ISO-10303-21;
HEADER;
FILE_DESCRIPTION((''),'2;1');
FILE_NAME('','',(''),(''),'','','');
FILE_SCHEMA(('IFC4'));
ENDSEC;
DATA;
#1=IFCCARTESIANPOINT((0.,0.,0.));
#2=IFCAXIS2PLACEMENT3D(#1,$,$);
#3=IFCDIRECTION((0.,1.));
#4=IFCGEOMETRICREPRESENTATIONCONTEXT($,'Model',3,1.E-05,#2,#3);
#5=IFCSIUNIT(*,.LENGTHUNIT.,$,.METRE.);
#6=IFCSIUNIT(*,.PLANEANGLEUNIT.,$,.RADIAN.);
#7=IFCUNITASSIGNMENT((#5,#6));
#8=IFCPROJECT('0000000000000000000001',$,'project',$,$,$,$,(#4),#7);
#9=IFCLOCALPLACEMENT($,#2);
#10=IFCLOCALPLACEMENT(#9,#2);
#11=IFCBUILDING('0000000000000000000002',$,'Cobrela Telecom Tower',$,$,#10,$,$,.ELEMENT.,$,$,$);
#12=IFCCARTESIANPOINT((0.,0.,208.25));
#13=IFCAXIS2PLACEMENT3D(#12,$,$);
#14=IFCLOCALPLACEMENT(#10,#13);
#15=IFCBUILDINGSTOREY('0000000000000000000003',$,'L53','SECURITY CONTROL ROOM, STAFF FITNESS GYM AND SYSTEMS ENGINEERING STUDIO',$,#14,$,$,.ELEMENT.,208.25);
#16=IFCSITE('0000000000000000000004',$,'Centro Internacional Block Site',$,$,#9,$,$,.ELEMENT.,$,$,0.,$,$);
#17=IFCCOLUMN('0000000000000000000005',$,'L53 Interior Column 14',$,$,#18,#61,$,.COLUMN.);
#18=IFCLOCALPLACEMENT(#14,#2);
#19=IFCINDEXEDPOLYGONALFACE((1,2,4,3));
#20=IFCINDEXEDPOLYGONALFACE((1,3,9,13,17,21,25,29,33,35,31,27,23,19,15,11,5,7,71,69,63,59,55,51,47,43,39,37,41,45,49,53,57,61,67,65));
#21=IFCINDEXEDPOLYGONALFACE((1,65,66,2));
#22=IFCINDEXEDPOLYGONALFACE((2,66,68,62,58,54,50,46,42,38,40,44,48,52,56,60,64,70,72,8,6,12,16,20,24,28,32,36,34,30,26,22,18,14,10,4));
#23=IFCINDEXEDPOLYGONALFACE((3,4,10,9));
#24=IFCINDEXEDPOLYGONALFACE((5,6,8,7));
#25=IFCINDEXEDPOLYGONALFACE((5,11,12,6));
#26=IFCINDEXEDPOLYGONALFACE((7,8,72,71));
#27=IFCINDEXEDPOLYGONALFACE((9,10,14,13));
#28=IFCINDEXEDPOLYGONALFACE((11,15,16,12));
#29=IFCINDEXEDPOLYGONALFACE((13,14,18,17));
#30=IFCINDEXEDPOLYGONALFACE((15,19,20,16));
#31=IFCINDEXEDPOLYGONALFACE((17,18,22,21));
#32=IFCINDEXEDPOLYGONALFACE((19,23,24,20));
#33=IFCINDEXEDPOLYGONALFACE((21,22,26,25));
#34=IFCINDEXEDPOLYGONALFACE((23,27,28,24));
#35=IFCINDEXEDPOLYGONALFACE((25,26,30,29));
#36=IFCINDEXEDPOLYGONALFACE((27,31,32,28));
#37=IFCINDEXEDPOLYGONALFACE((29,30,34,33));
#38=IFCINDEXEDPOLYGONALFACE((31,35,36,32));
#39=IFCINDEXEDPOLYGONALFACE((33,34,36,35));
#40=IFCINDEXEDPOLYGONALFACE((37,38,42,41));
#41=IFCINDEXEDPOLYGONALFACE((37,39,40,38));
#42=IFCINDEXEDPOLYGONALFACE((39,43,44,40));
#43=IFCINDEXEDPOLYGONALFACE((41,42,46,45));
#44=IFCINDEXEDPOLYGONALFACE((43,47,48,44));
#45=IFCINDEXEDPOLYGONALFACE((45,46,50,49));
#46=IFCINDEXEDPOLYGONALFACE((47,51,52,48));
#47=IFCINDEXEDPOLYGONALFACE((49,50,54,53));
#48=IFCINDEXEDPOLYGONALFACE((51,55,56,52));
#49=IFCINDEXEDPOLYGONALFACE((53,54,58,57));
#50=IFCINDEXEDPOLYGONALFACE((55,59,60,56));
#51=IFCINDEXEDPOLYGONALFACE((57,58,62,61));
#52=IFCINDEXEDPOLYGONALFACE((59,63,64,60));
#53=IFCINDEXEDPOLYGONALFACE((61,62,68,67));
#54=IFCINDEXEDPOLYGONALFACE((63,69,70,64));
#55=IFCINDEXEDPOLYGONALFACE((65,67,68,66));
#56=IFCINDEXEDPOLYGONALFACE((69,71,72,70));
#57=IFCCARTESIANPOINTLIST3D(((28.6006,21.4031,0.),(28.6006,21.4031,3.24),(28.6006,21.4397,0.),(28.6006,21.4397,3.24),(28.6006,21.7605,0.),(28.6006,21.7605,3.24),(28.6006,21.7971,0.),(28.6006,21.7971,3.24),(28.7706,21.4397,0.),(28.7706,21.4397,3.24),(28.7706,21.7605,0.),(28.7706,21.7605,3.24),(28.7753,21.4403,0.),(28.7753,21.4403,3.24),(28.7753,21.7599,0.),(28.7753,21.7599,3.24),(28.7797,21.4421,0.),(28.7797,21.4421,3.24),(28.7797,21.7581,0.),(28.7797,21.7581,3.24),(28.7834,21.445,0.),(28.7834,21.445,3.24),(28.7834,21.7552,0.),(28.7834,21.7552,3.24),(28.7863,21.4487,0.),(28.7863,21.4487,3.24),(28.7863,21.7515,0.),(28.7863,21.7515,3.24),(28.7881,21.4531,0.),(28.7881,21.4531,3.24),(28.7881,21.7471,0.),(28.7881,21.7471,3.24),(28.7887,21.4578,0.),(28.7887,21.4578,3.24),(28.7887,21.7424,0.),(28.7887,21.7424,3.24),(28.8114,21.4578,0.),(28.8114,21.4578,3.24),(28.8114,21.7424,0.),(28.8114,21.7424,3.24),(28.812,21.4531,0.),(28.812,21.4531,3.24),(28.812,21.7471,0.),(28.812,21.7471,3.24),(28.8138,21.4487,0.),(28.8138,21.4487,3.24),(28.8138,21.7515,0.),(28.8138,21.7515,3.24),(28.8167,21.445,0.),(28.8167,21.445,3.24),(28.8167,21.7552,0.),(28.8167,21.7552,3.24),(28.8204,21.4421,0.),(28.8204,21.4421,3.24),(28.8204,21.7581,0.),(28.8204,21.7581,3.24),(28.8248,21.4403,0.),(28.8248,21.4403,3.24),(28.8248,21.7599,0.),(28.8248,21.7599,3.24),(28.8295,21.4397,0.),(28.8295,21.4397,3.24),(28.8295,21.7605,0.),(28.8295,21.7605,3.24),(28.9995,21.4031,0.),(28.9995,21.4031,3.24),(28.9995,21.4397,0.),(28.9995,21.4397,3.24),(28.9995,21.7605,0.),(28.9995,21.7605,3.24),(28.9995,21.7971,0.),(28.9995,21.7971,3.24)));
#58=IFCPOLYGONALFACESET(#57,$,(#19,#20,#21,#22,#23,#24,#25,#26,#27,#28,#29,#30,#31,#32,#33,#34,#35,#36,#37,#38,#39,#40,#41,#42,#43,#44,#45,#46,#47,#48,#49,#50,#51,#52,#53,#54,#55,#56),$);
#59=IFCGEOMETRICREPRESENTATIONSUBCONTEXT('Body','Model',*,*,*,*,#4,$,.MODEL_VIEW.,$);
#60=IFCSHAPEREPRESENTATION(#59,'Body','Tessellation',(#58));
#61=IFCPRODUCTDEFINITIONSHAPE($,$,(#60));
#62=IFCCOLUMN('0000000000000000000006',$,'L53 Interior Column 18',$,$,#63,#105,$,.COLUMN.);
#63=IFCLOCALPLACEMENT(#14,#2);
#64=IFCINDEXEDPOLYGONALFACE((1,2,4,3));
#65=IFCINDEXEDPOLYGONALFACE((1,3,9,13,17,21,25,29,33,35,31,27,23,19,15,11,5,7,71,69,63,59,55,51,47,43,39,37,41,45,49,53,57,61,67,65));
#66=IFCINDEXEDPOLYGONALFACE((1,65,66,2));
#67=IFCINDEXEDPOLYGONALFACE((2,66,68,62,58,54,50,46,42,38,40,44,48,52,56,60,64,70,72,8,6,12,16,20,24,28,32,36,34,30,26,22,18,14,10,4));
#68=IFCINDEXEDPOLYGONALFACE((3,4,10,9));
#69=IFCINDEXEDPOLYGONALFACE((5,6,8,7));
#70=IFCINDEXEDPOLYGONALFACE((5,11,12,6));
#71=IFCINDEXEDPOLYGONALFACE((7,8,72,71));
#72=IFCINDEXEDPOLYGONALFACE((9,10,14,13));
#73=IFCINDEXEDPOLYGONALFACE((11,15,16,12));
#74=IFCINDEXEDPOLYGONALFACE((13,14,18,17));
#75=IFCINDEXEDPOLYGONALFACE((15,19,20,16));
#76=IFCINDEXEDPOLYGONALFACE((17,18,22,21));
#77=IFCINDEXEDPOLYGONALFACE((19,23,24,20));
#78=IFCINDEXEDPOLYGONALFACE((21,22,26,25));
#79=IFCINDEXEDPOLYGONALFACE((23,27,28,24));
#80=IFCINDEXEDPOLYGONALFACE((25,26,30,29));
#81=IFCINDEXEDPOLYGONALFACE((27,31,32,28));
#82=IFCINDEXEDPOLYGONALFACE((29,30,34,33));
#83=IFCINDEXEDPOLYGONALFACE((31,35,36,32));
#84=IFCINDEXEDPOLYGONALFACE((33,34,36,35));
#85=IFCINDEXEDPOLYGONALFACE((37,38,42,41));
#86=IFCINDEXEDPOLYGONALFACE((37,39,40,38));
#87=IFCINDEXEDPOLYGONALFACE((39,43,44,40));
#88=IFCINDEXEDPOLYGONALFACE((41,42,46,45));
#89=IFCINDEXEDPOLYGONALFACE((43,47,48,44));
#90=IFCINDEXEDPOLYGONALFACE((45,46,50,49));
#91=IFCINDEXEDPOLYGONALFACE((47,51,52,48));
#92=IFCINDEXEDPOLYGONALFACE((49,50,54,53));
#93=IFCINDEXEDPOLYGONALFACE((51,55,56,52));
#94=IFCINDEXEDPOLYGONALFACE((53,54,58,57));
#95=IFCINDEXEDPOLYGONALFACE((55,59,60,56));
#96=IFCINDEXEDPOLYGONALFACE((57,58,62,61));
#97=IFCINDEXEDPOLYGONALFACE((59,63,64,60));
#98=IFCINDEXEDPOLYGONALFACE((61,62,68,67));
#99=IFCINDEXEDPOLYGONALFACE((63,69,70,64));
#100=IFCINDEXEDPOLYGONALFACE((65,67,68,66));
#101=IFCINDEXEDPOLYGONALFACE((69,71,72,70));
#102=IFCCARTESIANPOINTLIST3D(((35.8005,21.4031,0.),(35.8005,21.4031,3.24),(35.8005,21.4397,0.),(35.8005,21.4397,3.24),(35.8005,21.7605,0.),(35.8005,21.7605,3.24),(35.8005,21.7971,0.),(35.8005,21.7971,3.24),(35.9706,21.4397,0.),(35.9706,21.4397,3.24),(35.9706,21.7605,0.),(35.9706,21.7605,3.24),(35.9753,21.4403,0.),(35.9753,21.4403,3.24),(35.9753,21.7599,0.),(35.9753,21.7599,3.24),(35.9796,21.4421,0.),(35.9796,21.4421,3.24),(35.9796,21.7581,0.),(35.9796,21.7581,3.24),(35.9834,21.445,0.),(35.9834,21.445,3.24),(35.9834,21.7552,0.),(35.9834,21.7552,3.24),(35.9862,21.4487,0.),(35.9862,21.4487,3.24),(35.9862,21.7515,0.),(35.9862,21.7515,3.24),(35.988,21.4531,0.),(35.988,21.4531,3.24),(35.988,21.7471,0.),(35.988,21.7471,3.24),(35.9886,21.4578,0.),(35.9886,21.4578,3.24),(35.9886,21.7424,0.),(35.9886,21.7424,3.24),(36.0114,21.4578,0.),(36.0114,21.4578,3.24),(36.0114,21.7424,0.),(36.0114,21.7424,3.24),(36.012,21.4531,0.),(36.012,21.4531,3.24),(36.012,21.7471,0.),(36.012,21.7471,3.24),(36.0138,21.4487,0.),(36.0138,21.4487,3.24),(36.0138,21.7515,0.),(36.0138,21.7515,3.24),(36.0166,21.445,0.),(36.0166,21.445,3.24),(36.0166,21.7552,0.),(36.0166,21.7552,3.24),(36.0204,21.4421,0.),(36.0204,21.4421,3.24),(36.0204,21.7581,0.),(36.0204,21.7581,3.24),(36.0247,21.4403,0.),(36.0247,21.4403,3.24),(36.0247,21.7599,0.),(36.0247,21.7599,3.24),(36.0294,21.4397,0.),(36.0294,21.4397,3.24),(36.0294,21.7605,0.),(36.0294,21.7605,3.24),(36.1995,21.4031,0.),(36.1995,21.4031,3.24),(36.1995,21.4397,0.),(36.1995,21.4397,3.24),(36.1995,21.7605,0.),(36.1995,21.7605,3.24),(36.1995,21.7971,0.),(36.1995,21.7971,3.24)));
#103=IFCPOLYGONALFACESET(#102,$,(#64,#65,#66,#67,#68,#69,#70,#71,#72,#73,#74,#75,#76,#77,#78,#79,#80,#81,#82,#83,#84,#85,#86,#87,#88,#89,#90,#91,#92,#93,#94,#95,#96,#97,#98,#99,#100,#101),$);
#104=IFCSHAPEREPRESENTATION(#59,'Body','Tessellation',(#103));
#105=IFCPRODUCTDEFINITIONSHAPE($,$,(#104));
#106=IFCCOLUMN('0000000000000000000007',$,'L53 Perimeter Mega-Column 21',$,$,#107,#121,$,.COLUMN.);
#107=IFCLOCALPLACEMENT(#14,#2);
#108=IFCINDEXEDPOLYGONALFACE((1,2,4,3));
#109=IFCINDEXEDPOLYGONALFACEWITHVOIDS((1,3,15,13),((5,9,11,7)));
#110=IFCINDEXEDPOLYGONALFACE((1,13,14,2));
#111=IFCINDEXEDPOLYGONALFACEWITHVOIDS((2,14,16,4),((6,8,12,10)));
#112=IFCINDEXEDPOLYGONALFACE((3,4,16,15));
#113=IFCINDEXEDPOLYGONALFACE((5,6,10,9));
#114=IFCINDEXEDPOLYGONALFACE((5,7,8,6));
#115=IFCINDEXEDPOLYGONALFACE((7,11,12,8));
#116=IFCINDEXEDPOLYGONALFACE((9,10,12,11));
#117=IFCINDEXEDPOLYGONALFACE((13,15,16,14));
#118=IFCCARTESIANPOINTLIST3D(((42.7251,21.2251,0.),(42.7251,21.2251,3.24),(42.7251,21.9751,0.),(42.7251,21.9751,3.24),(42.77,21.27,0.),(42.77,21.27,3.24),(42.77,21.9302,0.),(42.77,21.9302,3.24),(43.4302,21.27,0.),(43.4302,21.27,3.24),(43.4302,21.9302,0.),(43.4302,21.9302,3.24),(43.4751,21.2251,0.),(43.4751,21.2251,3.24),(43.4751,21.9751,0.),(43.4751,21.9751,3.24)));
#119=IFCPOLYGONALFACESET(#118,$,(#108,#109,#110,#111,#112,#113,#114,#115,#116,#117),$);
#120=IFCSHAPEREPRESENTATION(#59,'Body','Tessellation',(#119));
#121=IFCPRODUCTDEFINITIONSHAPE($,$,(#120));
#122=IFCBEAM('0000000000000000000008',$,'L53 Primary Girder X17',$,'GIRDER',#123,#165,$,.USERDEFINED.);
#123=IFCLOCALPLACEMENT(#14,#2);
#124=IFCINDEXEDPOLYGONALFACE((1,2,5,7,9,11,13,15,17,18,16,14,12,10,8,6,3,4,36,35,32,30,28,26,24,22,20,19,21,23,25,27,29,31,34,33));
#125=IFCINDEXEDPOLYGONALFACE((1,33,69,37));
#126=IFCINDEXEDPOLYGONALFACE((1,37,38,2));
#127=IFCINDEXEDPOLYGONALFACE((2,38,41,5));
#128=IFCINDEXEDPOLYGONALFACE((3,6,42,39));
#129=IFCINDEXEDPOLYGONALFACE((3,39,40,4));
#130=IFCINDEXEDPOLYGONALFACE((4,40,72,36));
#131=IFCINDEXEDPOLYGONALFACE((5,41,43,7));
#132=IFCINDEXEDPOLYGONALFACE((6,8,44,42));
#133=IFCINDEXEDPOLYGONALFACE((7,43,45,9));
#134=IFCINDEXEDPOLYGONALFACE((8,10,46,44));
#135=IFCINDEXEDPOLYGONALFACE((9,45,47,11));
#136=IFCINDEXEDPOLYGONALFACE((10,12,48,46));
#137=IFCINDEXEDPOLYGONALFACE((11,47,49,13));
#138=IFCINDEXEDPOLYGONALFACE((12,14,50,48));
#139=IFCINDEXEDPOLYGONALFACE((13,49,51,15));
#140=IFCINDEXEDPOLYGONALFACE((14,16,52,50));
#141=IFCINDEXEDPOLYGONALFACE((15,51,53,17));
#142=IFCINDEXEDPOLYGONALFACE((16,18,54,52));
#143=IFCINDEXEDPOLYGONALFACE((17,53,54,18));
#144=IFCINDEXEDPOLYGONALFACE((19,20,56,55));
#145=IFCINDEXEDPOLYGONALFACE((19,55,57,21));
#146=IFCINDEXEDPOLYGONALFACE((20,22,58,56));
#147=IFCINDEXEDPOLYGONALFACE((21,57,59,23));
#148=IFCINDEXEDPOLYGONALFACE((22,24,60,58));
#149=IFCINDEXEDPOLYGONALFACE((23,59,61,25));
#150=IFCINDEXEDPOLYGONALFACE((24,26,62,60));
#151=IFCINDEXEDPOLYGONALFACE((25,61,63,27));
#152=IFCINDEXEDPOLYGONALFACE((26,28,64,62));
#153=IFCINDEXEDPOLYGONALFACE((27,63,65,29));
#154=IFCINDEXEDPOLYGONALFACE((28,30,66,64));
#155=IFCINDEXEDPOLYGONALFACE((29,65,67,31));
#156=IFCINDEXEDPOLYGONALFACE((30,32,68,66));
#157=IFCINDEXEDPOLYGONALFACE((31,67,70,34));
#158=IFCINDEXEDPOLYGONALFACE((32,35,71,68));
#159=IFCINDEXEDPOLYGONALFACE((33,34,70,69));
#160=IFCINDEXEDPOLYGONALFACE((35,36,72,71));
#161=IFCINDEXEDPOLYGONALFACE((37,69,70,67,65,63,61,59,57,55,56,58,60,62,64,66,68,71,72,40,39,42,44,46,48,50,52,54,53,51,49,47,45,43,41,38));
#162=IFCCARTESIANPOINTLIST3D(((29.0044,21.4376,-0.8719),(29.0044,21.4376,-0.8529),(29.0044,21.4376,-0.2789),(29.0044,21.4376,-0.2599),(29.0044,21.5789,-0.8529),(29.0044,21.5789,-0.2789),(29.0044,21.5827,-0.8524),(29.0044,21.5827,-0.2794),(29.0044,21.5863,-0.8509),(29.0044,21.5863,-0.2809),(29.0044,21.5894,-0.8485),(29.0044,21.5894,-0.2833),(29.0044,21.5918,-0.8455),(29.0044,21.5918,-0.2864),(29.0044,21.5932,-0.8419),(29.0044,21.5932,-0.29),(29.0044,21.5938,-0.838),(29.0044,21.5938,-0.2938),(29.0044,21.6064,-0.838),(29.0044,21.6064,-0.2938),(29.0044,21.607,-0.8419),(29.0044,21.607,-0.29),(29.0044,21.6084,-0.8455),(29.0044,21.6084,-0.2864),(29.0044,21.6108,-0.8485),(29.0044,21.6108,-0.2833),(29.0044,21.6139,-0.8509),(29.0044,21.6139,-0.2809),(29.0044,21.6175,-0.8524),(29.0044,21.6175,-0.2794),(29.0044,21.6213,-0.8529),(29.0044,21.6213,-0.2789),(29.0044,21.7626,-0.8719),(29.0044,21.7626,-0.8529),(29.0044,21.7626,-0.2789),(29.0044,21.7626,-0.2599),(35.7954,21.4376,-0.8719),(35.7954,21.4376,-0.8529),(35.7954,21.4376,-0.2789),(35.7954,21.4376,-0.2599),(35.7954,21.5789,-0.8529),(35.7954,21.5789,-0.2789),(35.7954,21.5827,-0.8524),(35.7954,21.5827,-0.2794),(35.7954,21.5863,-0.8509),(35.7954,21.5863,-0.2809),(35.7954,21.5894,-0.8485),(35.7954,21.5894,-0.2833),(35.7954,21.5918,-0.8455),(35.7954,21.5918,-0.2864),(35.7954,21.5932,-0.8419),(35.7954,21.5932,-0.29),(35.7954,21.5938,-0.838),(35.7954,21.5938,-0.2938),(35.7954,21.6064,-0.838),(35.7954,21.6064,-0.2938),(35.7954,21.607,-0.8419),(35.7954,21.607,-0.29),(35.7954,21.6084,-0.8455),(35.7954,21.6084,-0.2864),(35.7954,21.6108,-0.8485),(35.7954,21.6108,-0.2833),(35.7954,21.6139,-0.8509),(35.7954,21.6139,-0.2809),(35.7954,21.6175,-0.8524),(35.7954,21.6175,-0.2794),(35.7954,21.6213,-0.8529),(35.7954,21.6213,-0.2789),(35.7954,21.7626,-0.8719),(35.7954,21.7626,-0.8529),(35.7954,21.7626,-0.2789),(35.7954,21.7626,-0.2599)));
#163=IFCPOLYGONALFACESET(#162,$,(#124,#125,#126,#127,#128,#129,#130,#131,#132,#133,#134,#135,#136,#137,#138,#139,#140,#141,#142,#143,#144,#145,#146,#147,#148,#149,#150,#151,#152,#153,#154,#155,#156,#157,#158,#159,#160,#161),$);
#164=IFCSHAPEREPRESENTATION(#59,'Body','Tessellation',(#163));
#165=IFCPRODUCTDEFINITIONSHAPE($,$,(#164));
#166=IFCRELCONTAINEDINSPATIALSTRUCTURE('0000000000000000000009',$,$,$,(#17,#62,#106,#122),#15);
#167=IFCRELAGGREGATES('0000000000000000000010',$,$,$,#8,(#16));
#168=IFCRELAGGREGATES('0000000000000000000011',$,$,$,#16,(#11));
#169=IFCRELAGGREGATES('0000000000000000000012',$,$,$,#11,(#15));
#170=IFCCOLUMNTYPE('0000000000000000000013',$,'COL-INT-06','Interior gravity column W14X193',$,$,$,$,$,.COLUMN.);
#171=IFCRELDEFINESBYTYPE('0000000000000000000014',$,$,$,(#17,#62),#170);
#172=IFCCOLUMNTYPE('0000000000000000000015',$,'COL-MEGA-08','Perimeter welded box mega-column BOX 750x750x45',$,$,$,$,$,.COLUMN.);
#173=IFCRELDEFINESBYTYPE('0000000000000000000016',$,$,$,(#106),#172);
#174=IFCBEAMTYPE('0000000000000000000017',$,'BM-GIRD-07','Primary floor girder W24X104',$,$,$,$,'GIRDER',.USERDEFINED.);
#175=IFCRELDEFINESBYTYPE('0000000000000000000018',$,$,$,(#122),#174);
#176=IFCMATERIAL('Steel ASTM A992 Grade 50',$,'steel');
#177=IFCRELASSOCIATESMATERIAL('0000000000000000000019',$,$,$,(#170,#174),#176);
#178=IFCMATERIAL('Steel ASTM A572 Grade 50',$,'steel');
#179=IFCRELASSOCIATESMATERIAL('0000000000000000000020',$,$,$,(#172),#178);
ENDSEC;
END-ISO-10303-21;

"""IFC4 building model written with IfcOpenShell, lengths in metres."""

from ifc_helpers import new_model, si_unit, direction, frame, origin, origin_2d, place, context, subcontext, project, spatial, hollow_rectangle, i_section, extrude, material, material_profile, profile_set, type_object, element, save


model = new_model("IFC4")

# Units and contexts
model_context = context("Model", 3, precision=1e-05, world=origin(), true_north=direction((0.0, 1.0)))
body_context = subcontext(model_context, "Body", "Model", "MODEL_VIEW")
ifc_project = project(units=[si_unit("LENGTHUNIT", "METRE"), si_unit("PLANEANGLEUNIT", "RADIAN")], contexts=[model_context])

# Site, building, storey
site_placement = place(None, origin())
site = spatial("IfcSite", under=ifc_project, at=site_placement, Name="Centro Internacional Block Site", CompositionType="ELEMENT", RefElevation=0.0)
building_placement = place(site_placement, origin())
building = spatial("IfcBuilding", under=site, at=building_placement, Name="Cobrela Telecom Tower", CompositionType="ELEMENT")
storey_placement = place(building_placement, frame((0.0, 0.0, 208.25)))
storey = spatial("IfcBuildingStorey", under=building, at=storey_placement, Name="L53", Description="SECURITY CONTROL ROOM, STAFF FITNESS GYM AND SYSTEMS ENGINEERING STUDIO", CompositionType="ELEMENT", Elevation=208.25)

# Columns
ifc_material_1 = material(Name="Steel ASTM A992 Grade 50", Category="steel")
ifc_material_profile_1 = material_profile(ifc_material_1, i_section(OverallWidth=0.3989, OverallDepth=0.394, WebThickness=0.0227, FlangeThickness=0.0366, FilletRadius=0.0181, at=origin_2d()), Name="W14X193")
ifc_profile_set_1 = profile_set([ifc_material_profile_1], Name="Steel ASTM A992 Grade 50")
column_type_1 = type_object("IfcColumnType", Name="COL-INT-06", Description="Interior gravity column W14X193", PredefinedType="COLUMN", material=ifc_profile_set_1)
for number, where, z_axis, x_axis, name in (
    (1, (28.8, 21.6001, 0.0), (0.0, 0.0, 1.0), (1.0, 0.0, 0.0), "L53 Interior Column 14"),
    (2, (36.0, 21.6001, 0.0), (0.0, 0.0, 1.0), (1.0, 0.0, 0.0), "L53 Interior Column 18"),
):
    element("IfcColumn", number, at=place(storey_placement, frame(where, z_axis=z_axis, x_axis=x_axis)), inside=storey, type_object=column_type_1, Name=name, PredefinedType="COLUMN", context=body_context, shape_type="SweptSolid", body=[
        extrude(i_section(OverallWidth=0.3989, OverallDepth=0.394, WebThickness=0.0227, FlangeThickness=0.0366, FilletRadius=0.0181, at=origin_2d()), origin(), (0.0, 0.0, 1.0), 3.24),
    ])
ifc_material_2 = material(Name="Steel ASTM A572 Grade 50", Category="steel")
ifc_material_profile_2 = material_profile(ifc_material_2, hollow_rectangle(XDim=0.75, YDim=0.75, WallThickness=0.0449, at=origin_2d()), Name="BOX 750x750x45")
ifc_profile_set_2 = profile_set([ifc_material_profile_2], Name="Steel ASTM A572 Grade 50")
column_type_2 = type_object("IfcColumnType", Name="COL-MEGA-08", Description="Perimeter welded box mega-column BOX 750x750x45", PredefinedType="COLUMN", material=ifc_profile_set_2)
column_placement = place(storey_placement, frame((43.1001, 21.6001, 0.0), z_axis=(0.0, 0.0, 1.0), x_axis=(1.0, 0.0, 0.0)))
element("IfcColumn", 3, at=column_placement, inside=storey, type_object=column_type_2, Name="L53 Perimeter Mega-Column 21", PredefinedType="COLUMN", context=body_context, shape_type="SweptSolid", body=[
    extrude(hollow_rectangle(XDim=0.75, YDim=0.75, WallThickness=0.0449, at=origin_2d()), origin(), (0.0, 0.0, 1.0), 3.24),
])

# Beam
ifc_material_profile_3 = material_profile(ifc_material_1, i_section(OverallWidth=0.325, OverallDepth=0.6121, WebThickness=0.0127, FlangeThickness=0.019, FilletRadius=0.0149, at=origin_2d()), Name="W24X104")
ifc_profile_set_3 = profile_set([ifc_material_profile_3], Name="Steel ASTM A992 Grade 50")
beam_type_1 = type_object("IfcBeamType", Name="BM-GIRD-07", Description="Primary floor girder W24X104", ElementType="GIRDER", PredefinedType="USERDEFINED", material=ifc_profile_set_3)
beam_1_placement = place(storey_placement, frame((29.0044, 21.6001, -0.5659), z_axis=(1.0, 0.0, 0.0), x_axis=(0.0, 1.0, 0.0)))
element("IfcBeam", 4, at=beam_1_placement, inside=storey, type_object=beam_type_1, Name="L53 Primary Girder X17", ObjectType="GIRDER", PredefinedType="USERDEFINED", context=body_context, shape_type="SweptSolid", body=[
    extrude(i_section(OverallWidth=0.325, OverallDepth=0.6121, WebThickness=0.0127, FlangeThickness=0.019, FilletRadius=0.0149, at=origin_2d()), origin(), (0.0, 0.0, 1.0), 6.791),
])

save(model, "model.ifc")
